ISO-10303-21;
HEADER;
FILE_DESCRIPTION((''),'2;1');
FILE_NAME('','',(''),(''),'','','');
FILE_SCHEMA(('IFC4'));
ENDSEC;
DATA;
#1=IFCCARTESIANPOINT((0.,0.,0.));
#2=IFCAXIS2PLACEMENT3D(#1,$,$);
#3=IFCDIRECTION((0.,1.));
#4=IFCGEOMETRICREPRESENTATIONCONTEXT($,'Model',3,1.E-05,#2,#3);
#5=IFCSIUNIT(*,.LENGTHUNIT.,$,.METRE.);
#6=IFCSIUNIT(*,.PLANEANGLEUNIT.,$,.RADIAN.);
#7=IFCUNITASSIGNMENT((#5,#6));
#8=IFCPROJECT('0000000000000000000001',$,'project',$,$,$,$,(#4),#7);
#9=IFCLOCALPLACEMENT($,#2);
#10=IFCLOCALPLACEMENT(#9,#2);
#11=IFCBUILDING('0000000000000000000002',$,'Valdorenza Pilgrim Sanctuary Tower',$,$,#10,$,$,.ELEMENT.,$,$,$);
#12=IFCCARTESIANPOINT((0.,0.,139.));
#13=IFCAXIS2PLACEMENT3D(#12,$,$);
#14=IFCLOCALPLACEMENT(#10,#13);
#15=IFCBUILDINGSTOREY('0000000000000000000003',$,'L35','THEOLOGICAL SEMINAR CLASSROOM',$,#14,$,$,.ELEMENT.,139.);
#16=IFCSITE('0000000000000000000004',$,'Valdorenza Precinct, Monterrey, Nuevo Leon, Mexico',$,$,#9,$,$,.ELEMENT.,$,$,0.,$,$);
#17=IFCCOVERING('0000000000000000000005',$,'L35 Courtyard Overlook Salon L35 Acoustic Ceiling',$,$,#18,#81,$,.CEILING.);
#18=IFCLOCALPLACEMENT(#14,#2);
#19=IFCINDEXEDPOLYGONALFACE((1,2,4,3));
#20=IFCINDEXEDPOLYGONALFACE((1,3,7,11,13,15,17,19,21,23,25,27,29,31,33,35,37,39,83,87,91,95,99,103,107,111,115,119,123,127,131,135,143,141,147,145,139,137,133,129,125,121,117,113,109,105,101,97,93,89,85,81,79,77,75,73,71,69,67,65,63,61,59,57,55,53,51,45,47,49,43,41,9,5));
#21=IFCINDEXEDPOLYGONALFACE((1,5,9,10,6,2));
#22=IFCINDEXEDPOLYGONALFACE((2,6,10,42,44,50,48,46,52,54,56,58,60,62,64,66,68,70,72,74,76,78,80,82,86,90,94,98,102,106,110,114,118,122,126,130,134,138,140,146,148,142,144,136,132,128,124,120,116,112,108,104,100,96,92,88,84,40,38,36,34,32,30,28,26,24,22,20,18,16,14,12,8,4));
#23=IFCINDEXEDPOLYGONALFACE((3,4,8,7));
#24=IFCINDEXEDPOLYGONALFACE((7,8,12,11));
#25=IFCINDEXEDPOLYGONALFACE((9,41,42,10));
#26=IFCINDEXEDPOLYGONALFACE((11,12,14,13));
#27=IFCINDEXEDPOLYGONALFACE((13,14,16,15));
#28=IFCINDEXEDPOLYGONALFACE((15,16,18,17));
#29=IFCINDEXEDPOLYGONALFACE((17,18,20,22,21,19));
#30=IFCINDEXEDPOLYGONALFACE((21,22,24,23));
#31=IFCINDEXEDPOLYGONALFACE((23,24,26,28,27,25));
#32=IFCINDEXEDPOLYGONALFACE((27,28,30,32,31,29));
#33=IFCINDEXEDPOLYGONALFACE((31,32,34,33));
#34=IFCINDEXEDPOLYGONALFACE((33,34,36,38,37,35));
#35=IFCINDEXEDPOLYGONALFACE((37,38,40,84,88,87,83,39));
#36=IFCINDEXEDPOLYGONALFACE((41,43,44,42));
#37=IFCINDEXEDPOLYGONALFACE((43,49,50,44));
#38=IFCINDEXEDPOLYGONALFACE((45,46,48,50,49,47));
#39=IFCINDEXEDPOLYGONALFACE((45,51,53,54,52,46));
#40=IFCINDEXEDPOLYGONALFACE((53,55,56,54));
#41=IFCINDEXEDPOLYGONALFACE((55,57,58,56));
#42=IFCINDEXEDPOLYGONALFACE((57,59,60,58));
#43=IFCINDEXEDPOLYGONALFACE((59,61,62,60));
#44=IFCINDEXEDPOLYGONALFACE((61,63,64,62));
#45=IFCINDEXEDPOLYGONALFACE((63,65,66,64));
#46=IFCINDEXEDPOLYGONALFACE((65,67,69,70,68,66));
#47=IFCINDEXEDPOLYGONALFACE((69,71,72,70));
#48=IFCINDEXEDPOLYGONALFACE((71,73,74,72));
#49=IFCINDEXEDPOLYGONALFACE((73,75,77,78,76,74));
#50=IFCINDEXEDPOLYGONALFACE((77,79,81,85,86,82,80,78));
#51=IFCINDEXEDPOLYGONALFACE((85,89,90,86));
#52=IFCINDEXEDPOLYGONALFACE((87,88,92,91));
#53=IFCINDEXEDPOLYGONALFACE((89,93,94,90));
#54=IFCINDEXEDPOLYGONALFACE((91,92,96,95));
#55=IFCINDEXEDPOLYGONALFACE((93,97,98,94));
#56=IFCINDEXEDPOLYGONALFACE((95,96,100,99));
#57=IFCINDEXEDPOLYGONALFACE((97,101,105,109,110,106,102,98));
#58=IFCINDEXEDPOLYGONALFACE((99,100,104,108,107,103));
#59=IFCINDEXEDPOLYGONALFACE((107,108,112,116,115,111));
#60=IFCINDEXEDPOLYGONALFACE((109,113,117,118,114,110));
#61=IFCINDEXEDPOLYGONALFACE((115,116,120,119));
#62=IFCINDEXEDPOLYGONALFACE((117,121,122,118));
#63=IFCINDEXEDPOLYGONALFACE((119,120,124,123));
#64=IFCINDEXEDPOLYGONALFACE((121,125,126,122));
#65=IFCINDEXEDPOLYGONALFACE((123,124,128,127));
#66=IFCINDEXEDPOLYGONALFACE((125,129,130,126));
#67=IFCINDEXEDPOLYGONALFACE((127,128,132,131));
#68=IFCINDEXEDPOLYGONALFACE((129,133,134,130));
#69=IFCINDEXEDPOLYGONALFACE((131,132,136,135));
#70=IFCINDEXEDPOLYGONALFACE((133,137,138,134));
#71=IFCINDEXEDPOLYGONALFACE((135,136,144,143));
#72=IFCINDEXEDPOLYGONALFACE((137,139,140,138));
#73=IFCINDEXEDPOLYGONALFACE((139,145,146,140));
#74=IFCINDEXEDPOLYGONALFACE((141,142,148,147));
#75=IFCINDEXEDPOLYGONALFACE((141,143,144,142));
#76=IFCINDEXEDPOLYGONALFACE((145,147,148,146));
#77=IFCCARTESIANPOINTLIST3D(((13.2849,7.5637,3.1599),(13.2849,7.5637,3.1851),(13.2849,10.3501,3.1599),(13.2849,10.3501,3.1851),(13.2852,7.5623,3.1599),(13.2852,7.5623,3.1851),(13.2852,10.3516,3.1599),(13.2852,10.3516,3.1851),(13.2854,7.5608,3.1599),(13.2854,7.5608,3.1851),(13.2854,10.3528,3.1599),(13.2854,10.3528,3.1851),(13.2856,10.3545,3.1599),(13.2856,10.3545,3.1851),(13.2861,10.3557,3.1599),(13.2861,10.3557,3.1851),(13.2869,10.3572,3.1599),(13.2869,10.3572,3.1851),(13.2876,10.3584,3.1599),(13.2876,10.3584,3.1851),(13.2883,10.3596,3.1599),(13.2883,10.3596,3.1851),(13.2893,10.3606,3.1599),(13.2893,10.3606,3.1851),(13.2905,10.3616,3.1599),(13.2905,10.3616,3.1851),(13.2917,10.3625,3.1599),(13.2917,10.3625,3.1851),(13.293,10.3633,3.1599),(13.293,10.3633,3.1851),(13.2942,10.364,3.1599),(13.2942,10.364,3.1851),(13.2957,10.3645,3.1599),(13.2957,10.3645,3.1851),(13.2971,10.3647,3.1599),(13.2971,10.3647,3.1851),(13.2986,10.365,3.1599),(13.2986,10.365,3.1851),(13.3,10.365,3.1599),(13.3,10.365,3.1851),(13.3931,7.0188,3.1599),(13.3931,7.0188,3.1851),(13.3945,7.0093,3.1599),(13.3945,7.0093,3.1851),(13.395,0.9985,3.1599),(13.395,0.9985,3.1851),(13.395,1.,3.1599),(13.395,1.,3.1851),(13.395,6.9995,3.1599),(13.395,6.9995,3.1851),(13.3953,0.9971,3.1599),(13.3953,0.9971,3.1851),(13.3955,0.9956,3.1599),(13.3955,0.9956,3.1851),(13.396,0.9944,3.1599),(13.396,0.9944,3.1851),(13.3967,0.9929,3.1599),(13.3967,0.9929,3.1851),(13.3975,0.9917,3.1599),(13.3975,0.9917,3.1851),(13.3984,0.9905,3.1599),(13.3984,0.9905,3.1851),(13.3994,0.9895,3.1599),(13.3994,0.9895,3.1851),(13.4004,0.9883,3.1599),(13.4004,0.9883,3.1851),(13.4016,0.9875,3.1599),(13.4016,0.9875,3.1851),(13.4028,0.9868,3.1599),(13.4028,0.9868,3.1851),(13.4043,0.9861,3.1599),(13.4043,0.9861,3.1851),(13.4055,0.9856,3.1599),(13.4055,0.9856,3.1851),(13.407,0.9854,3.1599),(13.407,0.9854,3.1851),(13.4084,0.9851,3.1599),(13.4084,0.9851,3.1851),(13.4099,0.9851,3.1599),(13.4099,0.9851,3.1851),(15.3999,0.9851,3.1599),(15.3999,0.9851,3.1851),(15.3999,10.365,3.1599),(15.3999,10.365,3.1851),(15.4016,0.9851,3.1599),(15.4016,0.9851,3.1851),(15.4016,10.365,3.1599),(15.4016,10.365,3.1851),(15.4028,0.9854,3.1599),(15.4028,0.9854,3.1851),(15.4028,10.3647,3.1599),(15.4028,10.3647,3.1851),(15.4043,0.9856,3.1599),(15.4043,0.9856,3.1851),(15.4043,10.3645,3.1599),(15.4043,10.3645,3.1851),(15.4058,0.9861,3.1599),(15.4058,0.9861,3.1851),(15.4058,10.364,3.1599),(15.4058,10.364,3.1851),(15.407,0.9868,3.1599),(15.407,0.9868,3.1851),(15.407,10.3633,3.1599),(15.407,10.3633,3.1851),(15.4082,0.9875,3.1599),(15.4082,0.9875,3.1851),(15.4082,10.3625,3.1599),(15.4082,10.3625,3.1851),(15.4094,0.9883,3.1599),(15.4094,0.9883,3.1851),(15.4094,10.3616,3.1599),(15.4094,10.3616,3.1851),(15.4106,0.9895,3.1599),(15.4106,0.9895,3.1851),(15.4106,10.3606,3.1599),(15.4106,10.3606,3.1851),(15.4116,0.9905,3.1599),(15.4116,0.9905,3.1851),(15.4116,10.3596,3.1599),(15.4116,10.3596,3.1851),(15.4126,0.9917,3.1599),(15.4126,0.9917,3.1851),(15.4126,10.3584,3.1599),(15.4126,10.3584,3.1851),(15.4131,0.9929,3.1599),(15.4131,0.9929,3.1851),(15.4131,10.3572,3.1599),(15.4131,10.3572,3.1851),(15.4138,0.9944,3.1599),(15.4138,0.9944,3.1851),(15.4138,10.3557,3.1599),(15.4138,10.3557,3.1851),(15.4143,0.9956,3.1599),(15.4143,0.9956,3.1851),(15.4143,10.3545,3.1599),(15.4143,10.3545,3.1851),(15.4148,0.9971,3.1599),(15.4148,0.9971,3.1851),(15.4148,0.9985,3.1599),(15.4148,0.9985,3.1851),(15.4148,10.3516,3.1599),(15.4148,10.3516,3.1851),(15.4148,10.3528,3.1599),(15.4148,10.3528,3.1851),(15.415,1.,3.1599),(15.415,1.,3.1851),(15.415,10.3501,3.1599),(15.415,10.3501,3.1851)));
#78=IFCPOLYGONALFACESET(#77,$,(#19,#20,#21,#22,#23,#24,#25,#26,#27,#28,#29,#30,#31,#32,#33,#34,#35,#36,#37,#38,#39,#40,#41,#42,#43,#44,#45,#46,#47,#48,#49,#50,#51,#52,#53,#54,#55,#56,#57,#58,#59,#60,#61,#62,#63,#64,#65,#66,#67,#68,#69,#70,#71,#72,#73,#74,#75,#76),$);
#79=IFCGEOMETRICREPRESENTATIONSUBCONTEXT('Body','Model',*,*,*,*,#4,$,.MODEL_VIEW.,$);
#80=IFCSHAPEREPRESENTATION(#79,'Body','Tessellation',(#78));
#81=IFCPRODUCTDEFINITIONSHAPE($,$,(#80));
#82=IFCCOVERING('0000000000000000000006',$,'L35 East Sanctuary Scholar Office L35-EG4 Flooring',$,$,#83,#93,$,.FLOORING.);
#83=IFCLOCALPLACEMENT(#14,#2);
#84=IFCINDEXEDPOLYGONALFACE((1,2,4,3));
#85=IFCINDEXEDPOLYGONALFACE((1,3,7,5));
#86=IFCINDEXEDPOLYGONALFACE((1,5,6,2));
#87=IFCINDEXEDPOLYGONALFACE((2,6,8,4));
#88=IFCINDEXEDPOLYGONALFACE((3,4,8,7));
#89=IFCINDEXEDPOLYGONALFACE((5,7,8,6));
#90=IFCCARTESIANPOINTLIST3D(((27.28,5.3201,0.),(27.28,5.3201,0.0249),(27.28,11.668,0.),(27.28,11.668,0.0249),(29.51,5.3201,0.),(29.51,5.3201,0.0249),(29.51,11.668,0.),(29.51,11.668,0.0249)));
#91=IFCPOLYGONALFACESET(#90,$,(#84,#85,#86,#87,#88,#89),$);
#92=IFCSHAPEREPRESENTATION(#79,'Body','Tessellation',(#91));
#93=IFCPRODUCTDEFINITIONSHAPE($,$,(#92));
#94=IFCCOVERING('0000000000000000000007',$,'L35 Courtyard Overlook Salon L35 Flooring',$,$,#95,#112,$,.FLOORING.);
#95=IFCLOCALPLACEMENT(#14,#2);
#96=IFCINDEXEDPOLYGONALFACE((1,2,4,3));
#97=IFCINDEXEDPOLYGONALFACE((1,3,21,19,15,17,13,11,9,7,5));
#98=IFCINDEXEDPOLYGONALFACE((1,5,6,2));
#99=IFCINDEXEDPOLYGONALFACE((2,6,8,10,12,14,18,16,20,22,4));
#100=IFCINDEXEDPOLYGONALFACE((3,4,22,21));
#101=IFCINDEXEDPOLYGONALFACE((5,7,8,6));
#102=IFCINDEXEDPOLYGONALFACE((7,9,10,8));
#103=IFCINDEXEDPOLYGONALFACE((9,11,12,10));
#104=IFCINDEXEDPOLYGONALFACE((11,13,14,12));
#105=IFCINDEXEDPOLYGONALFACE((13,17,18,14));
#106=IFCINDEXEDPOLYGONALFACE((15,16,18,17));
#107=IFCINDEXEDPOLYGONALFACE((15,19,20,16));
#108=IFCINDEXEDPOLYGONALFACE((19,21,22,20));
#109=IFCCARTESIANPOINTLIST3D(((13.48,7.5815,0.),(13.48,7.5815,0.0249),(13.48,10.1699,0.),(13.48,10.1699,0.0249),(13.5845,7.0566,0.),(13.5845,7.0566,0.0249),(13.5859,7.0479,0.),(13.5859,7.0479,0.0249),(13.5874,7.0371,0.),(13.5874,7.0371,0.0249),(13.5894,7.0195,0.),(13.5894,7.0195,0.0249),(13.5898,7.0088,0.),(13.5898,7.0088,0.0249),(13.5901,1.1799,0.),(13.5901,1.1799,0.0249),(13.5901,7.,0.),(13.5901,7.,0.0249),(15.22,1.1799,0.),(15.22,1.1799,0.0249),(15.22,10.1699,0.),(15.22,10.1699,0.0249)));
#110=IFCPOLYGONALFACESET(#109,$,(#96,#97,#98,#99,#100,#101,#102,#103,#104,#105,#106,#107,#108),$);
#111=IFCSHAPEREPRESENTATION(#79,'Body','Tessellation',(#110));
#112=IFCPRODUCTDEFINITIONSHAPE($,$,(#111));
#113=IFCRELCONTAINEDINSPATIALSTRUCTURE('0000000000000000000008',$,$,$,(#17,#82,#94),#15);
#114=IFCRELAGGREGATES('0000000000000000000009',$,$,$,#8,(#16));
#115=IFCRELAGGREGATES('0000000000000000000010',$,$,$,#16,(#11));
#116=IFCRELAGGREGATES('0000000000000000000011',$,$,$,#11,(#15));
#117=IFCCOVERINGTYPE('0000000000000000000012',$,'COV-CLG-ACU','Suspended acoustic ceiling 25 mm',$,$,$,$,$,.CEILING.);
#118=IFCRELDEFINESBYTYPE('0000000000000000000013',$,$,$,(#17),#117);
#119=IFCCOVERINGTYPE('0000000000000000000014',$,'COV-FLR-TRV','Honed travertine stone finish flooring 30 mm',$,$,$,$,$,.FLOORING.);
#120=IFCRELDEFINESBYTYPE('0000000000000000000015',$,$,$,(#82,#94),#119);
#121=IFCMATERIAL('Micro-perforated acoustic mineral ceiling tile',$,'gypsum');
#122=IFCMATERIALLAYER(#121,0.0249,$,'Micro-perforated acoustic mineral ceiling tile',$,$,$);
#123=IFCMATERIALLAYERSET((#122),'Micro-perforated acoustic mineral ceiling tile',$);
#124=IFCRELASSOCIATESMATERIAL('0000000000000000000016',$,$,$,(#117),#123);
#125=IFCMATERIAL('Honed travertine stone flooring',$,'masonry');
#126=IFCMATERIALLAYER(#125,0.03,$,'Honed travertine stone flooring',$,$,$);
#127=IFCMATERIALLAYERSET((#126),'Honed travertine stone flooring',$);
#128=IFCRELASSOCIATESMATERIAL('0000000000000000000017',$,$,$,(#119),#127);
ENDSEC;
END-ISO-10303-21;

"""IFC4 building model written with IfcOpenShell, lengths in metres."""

from ifc_helpers import new_model, si_unit, direction, frame, origin, place, context, subcontext, project, spatial, polyline, outline, extrude, material, layer, layer_set, type_object, element, save


model = new_model("IFC4")

# Units and contexts
model_context = context("Model", 3, precision=1e-05, world=origin(), true_north=direction((0.0, 1.0)))
body_context = subcontext(model_context, "Body", "Model", "MODEL_VIEW")
ifc_project = project(units=[si_unit("LENGTHUNIT", "METRE"), si_unit("PLANEANGLEUNIT", "RADIAN")], contexts=[model_context])

# Site, building, storey
site_placement = place(None, origin())
site = spatial("IfcSite", under=ifc_project, at=site_placement, Name="Valdorenza Precinct, Monterrey, Nuevo Leon, Mexico", CompositionType="ELEMENT", RefElevation=0.0)
building_placement = place(site_placement, origin())
building = spatial("IfcBuilding", under=site, at=building_placement, Name="Valdorenza Pilgrim Sanctuary Tower", CompositionType="ELEMENT")
storey_placement = place(building_placement, frame((0.0, 0.0, 139.0)))
storey = spatial("IfcBuildingStorey", under=building, at=storey_placement, Name="L35", Description="THEOLOGICAL SEMINAR CLASSROOM", CompositionType="ELEMENT", Elevation=139.0)

# Coverings
ifc_material_1 = material(Name="Micro-perforated acoustic mineral ceiling tile", Category="gypsum")
ifc_layer_1 = layer(ifc_material_1, 0.0249, Name="Micro-perforated acoustic mineral ceiling tile")
ifc_layer_set_1 = layer_set([ifc_layer_1], Name="Micro-perforated acoustic mineral ceiling tile")
covering_type_1 = type_object("IfcCoveringType", Name="COV-CLG-ACU", Description="Suspended acoustic ceiling 25 mm", PredefinedType="CEILING", material=ifc_layer_set_1)
covering_1_placement = place(storey_placement, frame((0.0, 0.0, 3.1599)))
element("IfcCovering", 1, at=covering_1_placement, inside=storey, type_object=covering_type_1, Name="L35 Courtyard Overlook Salon L35 Acoustic Ceiling", PredefinedType="CEILING", context=body_context, shape_type="SweptSolid", body=[
    extrude(outline(polyline([(15.3999, 10.365), (15.4016, 10.365), (15.4028, 10.3647), (15.4043, 10.3645), (15.4058, 10.364), (15.407, 10.3633), (15.4082, 10.3625), (15.4094, 10.3616), (15.4106, 10.3606), (15.4116, 10.3596), (15.4126, 10.3584), (15.4131, 10.3572), (15.4138, 10.3557), (15.4143, 10.3545), (15.4148, 10.3528), (15.4148, 10.3516), (15.415, 10.3501), (15.415, 1.0), (15.4148, 0.9985), (15.4148, 0.9971), (15.4143, 0.9956), (15.4138, 0.9944), (15.4131, 0.9929), (15.4126, 0.9917), (15.4116, 0.9905), (15.4106, 0.9895), (15.4094, 0.9883), (15.4082, 0.9875), (15.407, 0.9868), (15.4058, 0.9861), (15.4043, 0.9856), (15.4028, 0.9854), (15.4016, 0.9851), (15.3999, 0.9851), (13.4099, 0.9851), (13.4084, 0.9851), (13.407, 0.9854), (13.4055, 0.9856), (13.4043, 0.9861), (13.4028, 0.9868), (13.4016, 0.9875), (13.4004, 0.9883), (13.3994, 0.9895), (13.3984, 0.9905), (13.3975, 0.9917), (13.3967, 0.9929), (13.396, 0.9944), (13.3955, 0.9956), (13.3953, 0.9971), (13.395, 0.9985), (13.395, 1.0), (13.395, 6.9995), (13.3945, 7.0093), (13.3931, 7.0188), (13.2854, 7.5608), (13.2852, 7.5623), (13.2849, 7.5637), (13.2849, 10.3501), (13.2852, 10.3516), (13.2854, 10.3528), (13.2856, 10.3545), (13.2861, 10.3557), (13.2869, 10.3572), (13.2876, 10.3584), (13.2883, 10.3596), (13.2893, 10.3606), (13.2905, 10.3616), (13.2917, 10.3625), (13.293, 10.3633), (13.2942, 10.364), (13.2957, 10.3645), (13.2971, 10.3647), (13.2986, 10.365), (13.3, 10.365), (15.3999, 10.365)])), origin(), (0.0, 0.0, 1.0), 0.0251),
])
ifc_material_2 = material(Name="Honed travertine stone flooring", Category="masonry")
ifc_layer_2 = layer(ifc_material_2, 0.03, Name="Honed travertine stone flooring")
ifc_layer_set_2 = layer_set([ifc_layer_2], Name="Honed travertine stone flooring")
covering_type_2 = type_object("IfcCoveringType", Name="COV-FLR-TRV", Description="Honed travertine stone finish flooring 30 mm", PredefinedType="FLOORING", material=ifc_layer_set_2)
covering_2_placement = place(storey_placement, origin())
element("IfcCovering", 2, at=covering_2_placement, inside=storey, type_object=covering_type_2, Name="L35 East Sanctuary Scholar Office L35-EG4 Flooring", PredefinedType="FLOORING", context=body_context, shape_type="SweptSolid", body=[
    extrude(outline(polyline([(27.28, 11.668), (29.51, 11.668), (29.51, 5.3201), (27.28, 5.3201), (27.28, 11.668)])), origin(), (0.0, 0.0, 1.0), 0.0249),
])
covering_3_placement = place(storey_placement, origin())
element("IfcCovering", 3, at=covering_3_placement, inside=storey, type_object=covering_type_2, Name="L35 Courtyard Overlook Salon L35 Flooring", PredefinedType="FLOORING", context=body_context, shape_type="SweptSolid", body=[
    extrude(outline(polyline([(15.22, 10.1699), (15.22, 1.1799), (13.5901, 1.1799), (13.5901, 7.0), (13.5898, 7.0088), (13.5894, 7.0195), (13.5874, 7.0371), (13.5859, 7.0479), (13.5845, 7.0566), (13.48, 7.5815), (13.48, 10.1699), (15.22, 10.1699)])), origin(), (0.0, 0.0, 1.0), 0.0249),
])

save(model, "model.ifc")
